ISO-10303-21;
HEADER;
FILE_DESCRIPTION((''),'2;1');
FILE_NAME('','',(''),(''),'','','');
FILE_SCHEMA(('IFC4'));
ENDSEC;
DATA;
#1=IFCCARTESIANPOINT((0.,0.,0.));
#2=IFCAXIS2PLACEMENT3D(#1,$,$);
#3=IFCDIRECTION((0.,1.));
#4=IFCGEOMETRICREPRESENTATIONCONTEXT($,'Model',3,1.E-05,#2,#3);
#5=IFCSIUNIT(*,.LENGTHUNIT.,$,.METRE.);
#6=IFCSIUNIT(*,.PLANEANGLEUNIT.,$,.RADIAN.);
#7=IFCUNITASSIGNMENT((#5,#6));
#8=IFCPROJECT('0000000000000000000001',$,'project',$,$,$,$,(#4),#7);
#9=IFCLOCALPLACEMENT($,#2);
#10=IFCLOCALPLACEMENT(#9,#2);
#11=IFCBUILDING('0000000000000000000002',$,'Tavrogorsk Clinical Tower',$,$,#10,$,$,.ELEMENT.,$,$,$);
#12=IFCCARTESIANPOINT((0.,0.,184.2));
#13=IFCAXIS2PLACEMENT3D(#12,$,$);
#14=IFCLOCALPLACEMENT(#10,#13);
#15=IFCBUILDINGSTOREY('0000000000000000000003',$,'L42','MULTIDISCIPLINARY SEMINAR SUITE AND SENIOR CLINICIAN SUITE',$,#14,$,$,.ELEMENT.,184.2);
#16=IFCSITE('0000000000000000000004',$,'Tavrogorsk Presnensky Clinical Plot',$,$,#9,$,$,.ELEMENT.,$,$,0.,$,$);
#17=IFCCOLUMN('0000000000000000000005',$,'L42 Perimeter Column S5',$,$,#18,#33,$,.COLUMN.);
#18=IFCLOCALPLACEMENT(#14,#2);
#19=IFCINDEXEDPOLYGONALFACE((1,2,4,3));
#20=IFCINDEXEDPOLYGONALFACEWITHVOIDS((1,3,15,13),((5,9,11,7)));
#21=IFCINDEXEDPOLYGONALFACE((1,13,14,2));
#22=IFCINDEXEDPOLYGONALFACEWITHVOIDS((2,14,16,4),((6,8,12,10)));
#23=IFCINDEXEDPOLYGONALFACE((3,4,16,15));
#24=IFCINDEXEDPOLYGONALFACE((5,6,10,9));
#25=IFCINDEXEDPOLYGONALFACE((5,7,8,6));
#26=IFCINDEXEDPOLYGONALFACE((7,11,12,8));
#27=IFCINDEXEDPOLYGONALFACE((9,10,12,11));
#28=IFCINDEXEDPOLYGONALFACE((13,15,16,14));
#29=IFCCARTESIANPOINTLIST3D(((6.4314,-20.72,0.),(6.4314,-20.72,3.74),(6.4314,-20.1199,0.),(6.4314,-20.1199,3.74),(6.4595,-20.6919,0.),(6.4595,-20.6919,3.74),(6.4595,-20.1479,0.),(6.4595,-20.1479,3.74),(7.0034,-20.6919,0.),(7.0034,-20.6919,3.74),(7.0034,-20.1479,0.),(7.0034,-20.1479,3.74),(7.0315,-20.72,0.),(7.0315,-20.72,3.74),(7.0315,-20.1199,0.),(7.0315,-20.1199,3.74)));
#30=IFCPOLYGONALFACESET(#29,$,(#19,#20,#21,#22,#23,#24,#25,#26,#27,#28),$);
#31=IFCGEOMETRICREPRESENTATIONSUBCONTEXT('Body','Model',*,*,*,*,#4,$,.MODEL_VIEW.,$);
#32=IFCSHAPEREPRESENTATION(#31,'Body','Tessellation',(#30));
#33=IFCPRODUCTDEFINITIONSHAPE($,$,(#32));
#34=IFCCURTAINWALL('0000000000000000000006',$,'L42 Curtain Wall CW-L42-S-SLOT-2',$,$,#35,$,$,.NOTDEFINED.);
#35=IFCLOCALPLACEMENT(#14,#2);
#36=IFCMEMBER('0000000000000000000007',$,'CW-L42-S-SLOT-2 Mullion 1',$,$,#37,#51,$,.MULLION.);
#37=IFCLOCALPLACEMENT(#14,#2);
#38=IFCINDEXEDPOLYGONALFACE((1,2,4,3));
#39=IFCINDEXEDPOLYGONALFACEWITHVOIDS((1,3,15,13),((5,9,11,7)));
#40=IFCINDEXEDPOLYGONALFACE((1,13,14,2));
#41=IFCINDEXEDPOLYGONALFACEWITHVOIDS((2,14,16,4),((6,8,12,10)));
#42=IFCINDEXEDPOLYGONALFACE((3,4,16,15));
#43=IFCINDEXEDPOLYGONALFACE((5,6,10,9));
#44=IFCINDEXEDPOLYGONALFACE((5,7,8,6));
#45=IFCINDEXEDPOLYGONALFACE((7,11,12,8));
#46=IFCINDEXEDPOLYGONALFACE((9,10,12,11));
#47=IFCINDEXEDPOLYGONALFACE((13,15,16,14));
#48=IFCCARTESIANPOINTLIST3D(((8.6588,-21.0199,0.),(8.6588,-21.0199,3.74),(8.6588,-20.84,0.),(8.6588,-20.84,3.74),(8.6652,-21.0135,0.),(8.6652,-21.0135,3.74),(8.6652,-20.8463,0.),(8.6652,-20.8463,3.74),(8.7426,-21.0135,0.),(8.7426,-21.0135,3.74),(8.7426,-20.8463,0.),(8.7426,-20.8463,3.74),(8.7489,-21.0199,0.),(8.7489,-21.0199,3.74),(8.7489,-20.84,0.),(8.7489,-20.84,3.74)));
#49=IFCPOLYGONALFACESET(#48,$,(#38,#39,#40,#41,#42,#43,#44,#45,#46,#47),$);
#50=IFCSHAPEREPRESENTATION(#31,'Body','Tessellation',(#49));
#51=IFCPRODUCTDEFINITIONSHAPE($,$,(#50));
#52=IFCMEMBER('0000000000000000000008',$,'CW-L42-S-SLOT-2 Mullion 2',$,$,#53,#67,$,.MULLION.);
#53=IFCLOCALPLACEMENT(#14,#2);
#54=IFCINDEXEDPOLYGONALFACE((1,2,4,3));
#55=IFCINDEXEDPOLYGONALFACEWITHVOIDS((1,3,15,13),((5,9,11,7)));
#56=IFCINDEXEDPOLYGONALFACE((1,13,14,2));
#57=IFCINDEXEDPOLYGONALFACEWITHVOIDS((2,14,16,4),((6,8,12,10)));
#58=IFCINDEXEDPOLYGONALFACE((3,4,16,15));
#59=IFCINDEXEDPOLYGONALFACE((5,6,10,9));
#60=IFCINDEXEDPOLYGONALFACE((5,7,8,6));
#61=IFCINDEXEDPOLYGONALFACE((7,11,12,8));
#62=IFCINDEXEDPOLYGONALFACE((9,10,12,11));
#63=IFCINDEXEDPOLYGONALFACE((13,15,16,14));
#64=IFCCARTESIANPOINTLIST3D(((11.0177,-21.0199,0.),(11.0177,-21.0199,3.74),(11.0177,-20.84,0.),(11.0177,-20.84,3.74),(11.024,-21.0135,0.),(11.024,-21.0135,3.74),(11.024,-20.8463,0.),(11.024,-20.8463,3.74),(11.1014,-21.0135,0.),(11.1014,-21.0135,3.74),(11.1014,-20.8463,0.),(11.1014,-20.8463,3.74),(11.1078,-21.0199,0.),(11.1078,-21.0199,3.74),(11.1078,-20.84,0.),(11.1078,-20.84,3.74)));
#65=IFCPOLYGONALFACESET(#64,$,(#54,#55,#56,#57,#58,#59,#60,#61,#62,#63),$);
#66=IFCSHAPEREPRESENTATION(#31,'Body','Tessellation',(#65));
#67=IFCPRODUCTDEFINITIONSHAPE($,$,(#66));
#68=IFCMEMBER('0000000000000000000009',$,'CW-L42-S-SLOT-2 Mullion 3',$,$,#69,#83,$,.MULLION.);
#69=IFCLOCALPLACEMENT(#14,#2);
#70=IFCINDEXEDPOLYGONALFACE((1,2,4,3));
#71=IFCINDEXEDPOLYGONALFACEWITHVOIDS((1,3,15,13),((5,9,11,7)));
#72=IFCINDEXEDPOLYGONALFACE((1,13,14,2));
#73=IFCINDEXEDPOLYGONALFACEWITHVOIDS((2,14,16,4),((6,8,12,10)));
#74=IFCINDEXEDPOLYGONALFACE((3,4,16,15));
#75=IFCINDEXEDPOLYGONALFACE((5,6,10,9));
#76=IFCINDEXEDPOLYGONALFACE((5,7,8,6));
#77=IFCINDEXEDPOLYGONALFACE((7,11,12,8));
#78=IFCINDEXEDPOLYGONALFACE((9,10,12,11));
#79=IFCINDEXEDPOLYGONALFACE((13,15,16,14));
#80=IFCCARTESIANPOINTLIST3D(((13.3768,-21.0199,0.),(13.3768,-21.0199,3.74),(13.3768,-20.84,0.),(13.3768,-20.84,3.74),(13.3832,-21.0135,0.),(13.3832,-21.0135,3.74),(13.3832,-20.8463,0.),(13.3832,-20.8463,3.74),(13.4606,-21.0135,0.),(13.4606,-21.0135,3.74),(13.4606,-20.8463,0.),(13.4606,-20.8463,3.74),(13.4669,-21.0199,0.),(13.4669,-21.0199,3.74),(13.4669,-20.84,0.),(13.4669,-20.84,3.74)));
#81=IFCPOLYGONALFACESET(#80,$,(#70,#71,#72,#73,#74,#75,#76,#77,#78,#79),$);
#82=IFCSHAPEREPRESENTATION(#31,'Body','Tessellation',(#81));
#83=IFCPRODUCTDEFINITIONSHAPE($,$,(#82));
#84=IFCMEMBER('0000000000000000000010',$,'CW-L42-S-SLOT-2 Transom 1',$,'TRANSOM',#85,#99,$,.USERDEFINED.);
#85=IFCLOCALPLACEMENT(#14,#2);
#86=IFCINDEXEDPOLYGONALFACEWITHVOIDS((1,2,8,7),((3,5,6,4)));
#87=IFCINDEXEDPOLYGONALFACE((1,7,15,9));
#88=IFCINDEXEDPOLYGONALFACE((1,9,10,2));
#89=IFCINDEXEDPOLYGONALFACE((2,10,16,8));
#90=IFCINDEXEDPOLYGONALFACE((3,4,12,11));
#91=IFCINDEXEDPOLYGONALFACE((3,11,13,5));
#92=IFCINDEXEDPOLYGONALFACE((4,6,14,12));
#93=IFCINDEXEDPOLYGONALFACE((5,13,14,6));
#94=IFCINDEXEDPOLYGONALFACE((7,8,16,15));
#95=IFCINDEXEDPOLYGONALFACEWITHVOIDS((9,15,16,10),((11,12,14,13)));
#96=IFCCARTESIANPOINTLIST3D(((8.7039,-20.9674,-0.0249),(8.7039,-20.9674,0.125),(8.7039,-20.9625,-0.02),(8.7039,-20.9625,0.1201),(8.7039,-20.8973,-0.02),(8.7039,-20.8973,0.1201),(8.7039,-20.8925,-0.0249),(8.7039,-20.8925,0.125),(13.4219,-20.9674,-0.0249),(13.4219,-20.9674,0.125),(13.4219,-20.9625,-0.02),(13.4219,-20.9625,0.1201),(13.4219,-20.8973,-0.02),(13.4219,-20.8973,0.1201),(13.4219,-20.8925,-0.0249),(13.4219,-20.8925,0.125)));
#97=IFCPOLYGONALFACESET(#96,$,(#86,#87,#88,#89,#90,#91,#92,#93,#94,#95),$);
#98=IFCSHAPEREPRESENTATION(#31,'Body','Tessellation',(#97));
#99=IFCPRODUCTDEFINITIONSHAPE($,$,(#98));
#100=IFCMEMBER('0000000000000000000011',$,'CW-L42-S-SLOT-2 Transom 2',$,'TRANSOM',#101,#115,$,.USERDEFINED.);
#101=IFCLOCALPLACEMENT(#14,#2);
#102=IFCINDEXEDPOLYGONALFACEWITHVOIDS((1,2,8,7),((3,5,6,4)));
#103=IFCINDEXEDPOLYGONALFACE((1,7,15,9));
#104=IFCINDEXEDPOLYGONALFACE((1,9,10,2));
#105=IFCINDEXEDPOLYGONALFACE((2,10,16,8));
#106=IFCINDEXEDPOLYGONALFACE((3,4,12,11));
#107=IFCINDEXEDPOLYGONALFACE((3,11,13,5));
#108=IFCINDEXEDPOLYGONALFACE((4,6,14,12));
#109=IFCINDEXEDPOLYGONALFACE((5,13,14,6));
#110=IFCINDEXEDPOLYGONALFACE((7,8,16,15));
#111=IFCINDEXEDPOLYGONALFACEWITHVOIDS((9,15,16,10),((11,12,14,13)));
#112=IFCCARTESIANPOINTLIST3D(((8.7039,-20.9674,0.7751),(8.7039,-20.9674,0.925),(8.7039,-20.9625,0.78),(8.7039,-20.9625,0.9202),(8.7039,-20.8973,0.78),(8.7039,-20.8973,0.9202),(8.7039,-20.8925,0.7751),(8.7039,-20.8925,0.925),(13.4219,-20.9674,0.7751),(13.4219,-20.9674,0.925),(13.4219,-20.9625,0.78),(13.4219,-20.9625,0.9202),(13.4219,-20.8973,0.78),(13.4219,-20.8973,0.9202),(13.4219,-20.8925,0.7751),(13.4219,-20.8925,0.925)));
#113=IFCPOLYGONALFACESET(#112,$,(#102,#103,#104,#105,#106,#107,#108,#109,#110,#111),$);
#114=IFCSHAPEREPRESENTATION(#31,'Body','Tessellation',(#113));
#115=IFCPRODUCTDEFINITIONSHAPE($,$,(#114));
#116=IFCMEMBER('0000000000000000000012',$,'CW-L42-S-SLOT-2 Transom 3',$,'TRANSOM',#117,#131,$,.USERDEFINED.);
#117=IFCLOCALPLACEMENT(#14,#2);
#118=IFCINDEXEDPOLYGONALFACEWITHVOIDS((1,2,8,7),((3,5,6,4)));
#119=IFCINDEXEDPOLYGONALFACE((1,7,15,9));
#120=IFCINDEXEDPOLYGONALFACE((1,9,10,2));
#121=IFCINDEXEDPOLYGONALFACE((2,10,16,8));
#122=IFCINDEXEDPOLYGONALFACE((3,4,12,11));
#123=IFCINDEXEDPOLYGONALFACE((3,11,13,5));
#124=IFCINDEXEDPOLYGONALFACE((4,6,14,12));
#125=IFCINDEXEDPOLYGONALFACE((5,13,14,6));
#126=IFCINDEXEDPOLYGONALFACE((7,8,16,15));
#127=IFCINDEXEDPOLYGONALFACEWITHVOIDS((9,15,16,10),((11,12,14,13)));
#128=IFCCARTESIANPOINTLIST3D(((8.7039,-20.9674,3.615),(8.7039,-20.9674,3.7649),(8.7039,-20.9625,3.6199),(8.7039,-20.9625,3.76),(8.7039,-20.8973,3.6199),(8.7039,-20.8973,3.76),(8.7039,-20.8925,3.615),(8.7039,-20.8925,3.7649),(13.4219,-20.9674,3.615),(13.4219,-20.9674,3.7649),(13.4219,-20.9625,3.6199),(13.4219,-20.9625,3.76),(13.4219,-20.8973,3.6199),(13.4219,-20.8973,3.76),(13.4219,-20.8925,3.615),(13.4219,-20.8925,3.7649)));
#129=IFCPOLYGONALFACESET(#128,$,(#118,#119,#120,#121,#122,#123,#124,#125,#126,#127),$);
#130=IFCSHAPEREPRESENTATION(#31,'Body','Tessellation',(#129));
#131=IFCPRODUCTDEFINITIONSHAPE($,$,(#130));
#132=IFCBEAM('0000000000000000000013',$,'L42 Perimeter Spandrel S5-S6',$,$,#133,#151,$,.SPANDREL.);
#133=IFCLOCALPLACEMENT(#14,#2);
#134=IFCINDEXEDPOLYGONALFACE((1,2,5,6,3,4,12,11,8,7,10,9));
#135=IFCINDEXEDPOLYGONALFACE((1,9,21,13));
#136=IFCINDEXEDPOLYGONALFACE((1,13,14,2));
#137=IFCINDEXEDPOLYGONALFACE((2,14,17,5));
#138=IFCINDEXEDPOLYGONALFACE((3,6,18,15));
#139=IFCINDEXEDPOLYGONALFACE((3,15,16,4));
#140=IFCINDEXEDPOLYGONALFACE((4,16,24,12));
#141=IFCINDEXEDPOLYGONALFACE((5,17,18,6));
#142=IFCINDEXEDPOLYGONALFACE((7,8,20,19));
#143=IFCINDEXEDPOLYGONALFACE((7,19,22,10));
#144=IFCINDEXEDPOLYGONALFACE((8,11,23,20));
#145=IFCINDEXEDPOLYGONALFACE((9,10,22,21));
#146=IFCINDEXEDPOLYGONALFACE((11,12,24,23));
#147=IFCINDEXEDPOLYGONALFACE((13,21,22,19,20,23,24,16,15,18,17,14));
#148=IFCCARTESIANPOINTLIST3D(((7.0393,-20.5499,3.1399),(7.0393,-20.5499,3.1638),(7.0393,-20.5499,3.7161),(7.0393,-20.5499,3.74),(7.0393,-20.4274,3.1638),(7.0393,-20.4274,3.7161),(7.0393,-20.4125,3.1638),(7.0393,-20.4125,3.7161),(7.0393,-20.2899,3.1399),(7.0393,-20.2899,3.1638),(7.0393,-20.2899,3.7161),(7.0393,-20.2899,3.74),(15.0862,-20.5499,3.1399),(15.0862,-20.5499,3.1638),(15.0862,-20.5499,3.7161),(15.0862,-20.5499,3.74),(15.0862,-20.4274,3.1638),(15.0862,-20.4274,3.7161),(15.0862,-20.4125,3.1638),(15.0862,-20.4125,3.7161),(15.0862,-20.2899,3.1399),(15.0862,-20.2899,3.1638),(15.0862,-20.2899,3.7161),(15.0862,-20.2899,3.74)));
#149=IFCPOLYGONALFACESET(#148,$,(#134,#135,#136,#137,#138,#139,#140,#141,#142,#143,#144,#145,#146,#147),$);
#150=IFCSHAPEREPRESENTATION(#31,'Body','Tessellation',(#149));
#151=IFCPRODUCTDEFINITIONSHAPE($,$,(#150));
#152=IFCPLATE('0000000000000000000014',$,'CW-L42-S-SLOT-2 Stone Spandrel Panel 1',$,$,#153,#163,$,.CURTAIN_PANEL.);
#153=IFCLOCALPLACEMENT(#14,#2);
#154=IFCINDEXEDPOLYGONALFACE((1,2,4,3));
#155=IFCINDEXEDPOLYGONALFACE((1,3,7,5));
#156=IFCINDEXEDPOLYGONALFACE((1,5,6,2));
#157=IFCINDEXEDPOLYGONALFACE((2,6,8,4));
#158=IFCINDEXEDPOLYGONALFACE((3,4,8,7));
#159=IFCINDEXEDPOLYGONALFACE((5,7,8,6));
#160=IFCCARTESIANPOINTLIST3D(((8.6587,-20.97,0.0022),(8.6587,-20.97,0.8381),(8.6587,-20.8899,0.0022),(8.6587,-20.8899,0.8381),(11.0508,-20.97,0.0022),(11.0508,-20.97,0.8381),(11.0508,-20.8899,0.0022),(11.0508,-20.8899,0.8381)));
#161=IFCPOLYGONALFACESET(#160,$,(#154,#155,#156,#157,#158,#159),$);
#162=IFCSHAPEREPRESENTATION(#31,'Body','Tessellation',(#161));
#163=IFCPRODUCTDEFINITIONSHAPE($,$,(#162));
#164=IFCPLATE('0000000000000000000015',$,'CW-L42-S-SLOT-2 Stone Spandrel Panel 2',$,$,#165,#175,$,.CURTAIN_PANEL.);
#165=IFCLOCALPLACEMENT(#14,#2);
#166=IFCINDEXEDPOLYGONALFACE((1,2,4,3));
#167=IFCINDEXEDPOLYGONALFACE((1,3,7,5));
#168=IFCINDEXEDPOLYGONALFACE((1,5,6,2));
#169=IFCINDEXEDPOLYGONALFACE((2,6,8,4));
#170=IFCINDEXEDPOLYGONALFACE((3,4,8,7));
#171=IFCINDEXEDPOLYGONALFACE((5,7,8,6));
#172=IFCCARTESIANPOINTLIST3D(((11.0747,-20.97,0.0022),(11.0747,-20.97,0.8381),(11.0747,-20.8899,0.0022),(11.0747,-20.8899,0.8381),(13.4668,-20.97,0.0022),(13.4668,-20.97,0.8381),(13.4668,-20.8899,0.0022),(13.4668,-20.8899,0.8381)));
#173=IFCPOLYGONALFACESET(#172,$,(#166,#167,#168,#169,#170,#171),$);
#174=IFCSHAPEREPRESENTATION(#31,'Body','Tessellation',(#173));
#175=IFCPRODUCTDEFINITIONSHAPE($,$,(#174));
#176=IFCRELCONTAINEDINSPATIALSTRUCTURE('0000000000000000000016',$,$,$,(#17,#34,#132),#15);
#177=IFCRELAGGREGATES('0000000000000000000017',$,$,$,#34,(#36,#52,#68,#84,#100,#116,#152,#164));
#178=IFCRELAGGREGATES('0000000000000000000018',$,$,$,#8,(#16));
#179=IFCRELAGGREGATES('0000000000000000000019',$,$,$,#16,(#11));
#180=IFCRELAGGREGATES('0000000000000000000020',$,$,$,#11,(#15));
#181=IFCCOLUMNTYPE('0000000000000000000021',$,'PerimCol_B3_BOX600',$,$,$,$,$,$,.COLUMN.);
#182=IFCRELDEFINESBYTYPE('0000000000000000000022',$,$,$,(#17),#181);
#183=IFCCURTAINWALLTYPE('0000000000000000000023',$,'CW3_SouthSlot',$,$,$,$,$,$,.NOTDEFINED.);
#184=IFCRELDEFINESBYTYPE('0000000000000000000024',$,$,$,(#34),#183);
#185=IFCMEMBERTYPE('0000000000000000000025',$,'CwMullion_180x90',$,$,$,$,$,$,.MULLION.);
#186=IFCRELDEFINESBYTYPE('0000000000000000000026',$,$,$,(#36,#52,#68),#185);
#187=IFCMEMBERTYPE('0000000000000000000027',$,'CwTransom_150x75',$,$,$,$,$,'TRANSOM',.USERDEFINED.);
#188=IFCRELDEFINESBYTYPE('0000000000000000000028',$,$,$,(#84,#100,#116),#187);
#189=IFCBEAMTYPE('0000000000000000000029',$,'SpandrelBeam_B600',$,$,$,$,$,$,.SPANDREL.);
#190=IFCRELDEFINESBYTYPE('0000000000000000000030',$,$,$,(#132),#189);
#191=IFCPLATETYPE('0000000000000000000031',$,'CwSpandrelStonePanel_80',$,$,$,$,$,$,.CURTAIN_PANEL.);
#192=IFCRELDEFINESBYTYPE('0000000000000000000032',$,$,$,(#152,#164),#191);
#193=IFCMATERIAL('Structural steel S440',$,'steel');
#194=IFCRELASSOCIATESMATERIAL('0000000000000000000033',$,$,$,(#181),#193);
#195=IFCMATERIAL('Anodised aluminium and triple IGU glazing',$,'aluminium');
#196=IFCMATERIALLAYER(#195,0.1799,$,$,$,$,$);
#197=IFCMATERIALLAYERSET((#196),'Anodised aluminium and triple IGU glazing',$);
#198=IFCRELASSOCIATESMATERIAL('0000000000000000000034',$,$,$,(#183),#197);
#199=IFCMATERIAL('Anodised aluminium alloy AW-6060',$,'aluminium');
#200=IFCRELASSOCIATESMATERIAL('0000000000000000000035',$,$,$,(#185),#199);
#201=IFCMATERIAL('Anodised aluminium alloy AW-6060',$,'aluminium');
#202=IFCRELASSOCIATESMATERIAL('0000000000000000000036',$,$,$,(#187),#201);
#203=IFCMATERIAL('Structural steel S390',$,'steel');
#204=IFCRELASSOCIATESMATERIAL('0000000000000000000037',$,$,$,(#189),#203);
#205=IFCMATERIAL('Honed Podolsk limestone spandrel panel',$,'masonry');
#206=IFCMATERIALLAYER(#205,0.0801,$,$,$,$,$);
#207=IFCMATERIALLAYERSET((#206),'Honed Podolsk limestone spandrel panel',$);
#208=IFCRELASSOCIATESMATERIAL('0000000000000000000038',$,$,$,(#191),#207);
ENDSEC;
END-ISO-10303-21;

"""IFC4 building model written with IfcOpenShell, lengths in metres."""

from ifc_helpers import new_model, si_unit, direction, frame, origin, origin_2d, place, context, subcontext, project, spatial, rectangle, hollow_rectangle, i_section, extrude, material, layer, layer_set, material_profile, profile_set, type_object, element, aggregate, save


model = new_model("IFC4")

# Units and contexts
model_context = context("Model", 3, precision=1e-05, world=origin(), true_north=direction((0.0, 1.0)))
body_context = subcontext(model_context, "Body", "Model", "MODEL_VIEW")
ifc_project = project(units=[si_unit("LENGTHUNIT", "METRE"), si_unit("PLANEANGLEUNIT", "RADIAN")], contexts=[model_context])

# Site, building, storey
site_placement = place(None, origin())
site = spatial("IfcSite", under=ifc_project, at=site_placement, Name="Tavrogorsk Presnensky Clinical Plot", CompositionType="ELEMENT", RefElevation=0.0)
building_placement = place(site_placement, origin())
building = spatial("IfcBuilding", under=site, at=building_placement, Name="Tavrogorsk Clinical Tower", CompositionType="ELEMENT")
storey_placement = place(building_placement, frame((0.0, 0.0, 184.2)))
storey = spatial("IfcBuildingStorey", under=building, at=storey_placement, Name="L42", Description="MULTIDISCIPLINARY SEMINAR SUITE AND SENIOR CLINICIAN SUITE", CompositionType="ELEMENT", Elevation=184.2)

# Column
ifc_material_1 = material(Name="Structural steel S440", Category="steel")
ifc_material_profile_1 = material_profile(ifc_material_1, hollow_rectangle(XDim=0.6001, YDim=0.6001, WallThickness=0.0281, at=origin_2d()), Name="BOX-600x600x28")
ifc_profile_set_1 = profile_set([ifc_material_profile_1], Name="Structural steel S440")
column_type = type_object("IfcColumnType", Name="PerimCol_B3_BOX600", PredefinedType="COLUMN", material=ifc_profile_set_1)
column_placement = place(storey_placement, frame((6.7314, -20.4199, 0.0), z_axis=(0.0, 0.0, 1.0), x_axis=(1.0, 0.0, 0.0)))
element("IfcColumn", 1, at=column_placement, inside=storey, type_object=column_type, Name="L42 Perimeter Column S5", PredefinedType="COLUMN", context=body_context, shape_type="SweptSolid", body=[
    extrude(hollow_rectangle(XDim=0.6001, YDim=0.6001, WallThickness=0.0281, at=origin_2d()), origin(), (0.0, 0.0, 1.0), 3.74),
])

# Curtain wall, members
ifc_material_2 = material(Name="Anodised aluminium and triple IGU glazing", Category="aluminium")
ifc_layer_1 = layer(ifc_material_2, 0.1799)
ifc_layer_set_1 = layer_set([ifc_layer_1], Name="Anodised aluminium and triple IGU glazing")
curtain_wall_type = type_object("IfcCurtainWallType", Name="CW3_SouthSlot", PredefinedType="NOTDEFINED", material=ifc_layer_set_1)
curtain_wall_placement = place(storey_placement, origin())
curtain_wall = element("IfcCurtainWall", 2, at=curtain_wall_placement, inside=storey, type_object=curtain_wall_type, Name="L42 Curtain Wall CW-L42-S-SLOT-2", PredefinedType="NOTDEFINED")
ifc_material_3 = material(Name="Anodised aluminium alloy AW-6060", Category="aluminium")
ifc_material_profile_2 = material_profile(ifc_material_3, hollow_rectangle(XDim=0.0901, YDim=0.1799, WallThickness=0.0063, at=origin_2d()), Name="RHS-180x90x6.3")
ifc_profile_set_2 = profile_set([ifc_material_profile_2], Name="Anodised aluminium alloy AW-6060")
member_type_1 = type_object("IfcMemberType", Name="CwMullion_180x90", PredefinedType="MULLION", material=ifc_profile_set_2)
member_1_placement = place(storey_placement, frame((8.7039, -20.9299, 0.0), z_axis=(0.0, 0.0, 1.0), x_axis=(1.0, 0.0, 0.0)))
member_1 = element("IfcMember", 3, at=member_1_placement, type_object=member_type_1, Name="CW-L42-S-SLOT-2 Mullion 1", PredefinedType="MULLION", context=body_context, shape_type="SweptSolid", body=[
    extrude(hollow_rectangle(XDim=0.0901, YDim=0.1799, WallThickness=0.0063, at=origin_2d()), origin(), (0.0, 0.0, 1.0), 3.74),
])
member_2_placement = place(storey_placement, frame((11.0627, -20.9299, 0.0), z_axis=(0.0, 0.0, 1.0), x_axis=(1.0, 0.0, 0.0)))
member_2 = element("IfcMember", 4, at=member_2_placement, type_object=member_type_1, Name="CW-L42-S-SLOT-2 Mullion 2", PredefinedType="MULLION", context=body_context, shape_type="SweptSolid", body=[
    extrude(hollow_rectangle(XDim=0.0901, YDim=0.1799, WallThickness=0.0063, at=origin_2d()), origin(), (0.0, 0.0, 1.0), 3.74),
])
member_3_placement = place(storey_placement, frame((13.4219, -20.9299, 0.0), z_axis=(0.0, 0.0, 1.0), x_axis=(1.0, 0.0, 0.0)))
member_3 = element("IfcMember", 5, at=member_3_placement, type_object=member_type_1, Name="CW-L42-S-SLOT-2 Mullion 3", PredefinedType="MULLION", context=body_context, shape_type="SweptSolid", body=[
    extrude(hollow_rectangle(XDim=0.0901, YDim=0.1799, WallThickness=0.0063, at=origin_2d()), origin(), (0.0, 0.0, 1.0), 3.74),
])
ifc_material_4 = material(Name="Anodised aluminium alloy AW-6060", Category="aluminium")
ifc_material_profile_3 = material_profile(ifc_material_4, hollow_rectangle(XDim=0.075, YDim=0.1499, WallThickness=0.0049, at=origin_2d()), Name="RHS-150x75x5")
ifc_profile_set_3 = profile_set([ifc_material_profile_3], Name="Anodised aluminium alloy AW-6060")
member_type_2 = type_object("IfcMemberType", Name="CwTransom_150x75", ElementType="TRANSOM", PredefinedType="USERDEFINED", material=ifc_profile_set_3)
member_4_placement = place(storey_placement, frame((8.7039, -20.9299, 0.05), z_axis=(1.0, 0.0, 0.0), x_axis=(0.0, 1.0, 0.0)))
member_4 = element("IfcMember", 6, at=member_4_placement, type_object=member_type_2, Name="CW-L42-S-SLOT-2 Transom 1", ObjectType="TRANSOM", PredefinedType="USERDEFINED", context=body_context, shape_type="SweptSolid", body=[
    extrude(hollow_rectangle(XDim=0.075, YDim=0.1499, WallThickness=0.0049, at=origin_2d()), origin(), (0.0, 0.0, 1.0), 4.718),
])
member_5_placement = place(storey_placement, frame((8.7039, -20.9299, 0.8501), z_axis=(1.0, 0.0, 0.0), x_axis=(0.0, 1.0, 0.0)))
member_5 = element("IfcMember", 7, at=member_5_placement, type_object=member_type_2, Name="CW-L42-S-SLOT-2 Transom 2", ObjectType="TRANSOM", PredefinedType="USERDEFINED", context=body_context, shape_type="SweptSolid", body=[
    extrude(hollow_rectangle(XDim=0.075, YDim=0.1499, WallThickness=0.0049, at=origin_2d()), origin(), (0.0, 0.0, 1.0), 4.718),
])
member_6_placement = place(storey_placement, frame((8.7039, -20.9299, 3.6899), z_axis=(1.0, 0.0, 0.0), x_axis=(0.0, 1.0, 0.0)))
member_6 = element("IfcMember", 8, at=member_6_placement, type_object=member_type_2, Name="CW-L42-S-SLOT-2 Transom 3", ObjectType="TRANSOM", PredefinedType="USERDEFINED", context=body_context, shape_type="SweptSolid", body=[
    extrude(hollow_rectangle(XDim=0.075, YDim=0.1499, WallThickness=0.0049, at=origin_2d()), origin(), (0.0, 0.0, 1.0), 4.718),
])

# Beam
ifc_material_5 = material(Name="Structural steel S390", Category="steel")
ifc_material_profile_4 = material_profile(ifc_material_5, i_section(OverallWidth=0.26, OverallDepth=0.6001, WebThickness=0.0149, FlangeThickness=0.0239, at=origin_2d()), Name="B-600x260x15x24")
ifc_profile_set_4 = profile_set([ifc_material_profile_4], Name="Structural steel S390")
beam_type = type_object("IfcBeamType", Name="SpandrelBeam_B600", PredefinedType="SPANDREL", material=ifc_profile_set_4)
beam_placement = place(storey_placement, frame((7.0393, -20.4199, 3.4399), z_axis=(1.0, 0.0, 0.0), x_axis=(0.0, 1.0, 0.0)))
element("IfcBeam", 9, at=beam_placement, inside=storey, type_object=beam_type, Name="L42 Perimeter Spandrel S5-S6", PredefinedType="SPANDREL", context=body_context, shape_type="SweptSolid", body=[
    extrude(i_section(OverallWidth=0.26, OverallDepth=0.6001, WebThickness=0.0149, FlangeThickness=0.0239, at=origin_2d()), origin(), (0.0, 0.0, 1.0), 8.0469),
])

# Plates
ifc_material_6 = material(Name="Honed Podolsk limestone spandrel panel", Category="masonry")
ifc_layer_2 = layer(ifc_material_6, 0.0801)
ifc_layer_set_2 = layer_set([ifc_layer_2], Name="Honed Podolsk limestone spandrel panel")
plate_type_1 = type_object("IfcPlateType", Name="CwSpandrelStonePanel_80", PredefinedType="CURTAIN_PANEL", material=ifc_layer_set_2)
plate_1_placement = place(storey_placement, frame((9.8547, -20.9299, 0.0022), z_axis=(0.0, 0.0, 1.0), x_axis=(1.0, 0.0, 0.0)))
plate_1 = element("IfcPlate", 10, at=plate_1_placement, type_object=plate_type_1, Name="CW-L42-S-SLOT-2 Stone Spandrel Panel 1", PredefinedType="CURTAIN_PANEL", context=body_context, shape_type="SweptSolid", body=[
    extrude(rectangle(XDim=2.3921, YDim=0.0801, at=origin_2d()), origin(), (0.0, 0.0, 1.0), 0.8359),
])
plate_2_placement = place(storey_placement, frame((12.2708, -20.9299, 0.0022), z_axis=(0.0, 0.0, 1.0), x_axis=(1.0, 0.0, 0.0)))
plate_2 = element("IfcPlate", 11, at=plate_2_placement, type_object=plate_type_1, Name="CW-L42-S-SLOT-2 Stone Spandrel Panel 2", PredefinedType="CURTAIN_PANEL", context=body_context, shape_type="SweptSolid", body=[
    extrude(rectangle(XDim=2.3921, YDim=0.0801, at=origin_2d()), origin(), (0.0, 0.0, 1.0), 0.8359),
])
aggregate(curtain_wall, [member_1, member_2, member_3, member_4, member_5, member_6, plate_1, plate_2])

save(model, "model.ifc")
